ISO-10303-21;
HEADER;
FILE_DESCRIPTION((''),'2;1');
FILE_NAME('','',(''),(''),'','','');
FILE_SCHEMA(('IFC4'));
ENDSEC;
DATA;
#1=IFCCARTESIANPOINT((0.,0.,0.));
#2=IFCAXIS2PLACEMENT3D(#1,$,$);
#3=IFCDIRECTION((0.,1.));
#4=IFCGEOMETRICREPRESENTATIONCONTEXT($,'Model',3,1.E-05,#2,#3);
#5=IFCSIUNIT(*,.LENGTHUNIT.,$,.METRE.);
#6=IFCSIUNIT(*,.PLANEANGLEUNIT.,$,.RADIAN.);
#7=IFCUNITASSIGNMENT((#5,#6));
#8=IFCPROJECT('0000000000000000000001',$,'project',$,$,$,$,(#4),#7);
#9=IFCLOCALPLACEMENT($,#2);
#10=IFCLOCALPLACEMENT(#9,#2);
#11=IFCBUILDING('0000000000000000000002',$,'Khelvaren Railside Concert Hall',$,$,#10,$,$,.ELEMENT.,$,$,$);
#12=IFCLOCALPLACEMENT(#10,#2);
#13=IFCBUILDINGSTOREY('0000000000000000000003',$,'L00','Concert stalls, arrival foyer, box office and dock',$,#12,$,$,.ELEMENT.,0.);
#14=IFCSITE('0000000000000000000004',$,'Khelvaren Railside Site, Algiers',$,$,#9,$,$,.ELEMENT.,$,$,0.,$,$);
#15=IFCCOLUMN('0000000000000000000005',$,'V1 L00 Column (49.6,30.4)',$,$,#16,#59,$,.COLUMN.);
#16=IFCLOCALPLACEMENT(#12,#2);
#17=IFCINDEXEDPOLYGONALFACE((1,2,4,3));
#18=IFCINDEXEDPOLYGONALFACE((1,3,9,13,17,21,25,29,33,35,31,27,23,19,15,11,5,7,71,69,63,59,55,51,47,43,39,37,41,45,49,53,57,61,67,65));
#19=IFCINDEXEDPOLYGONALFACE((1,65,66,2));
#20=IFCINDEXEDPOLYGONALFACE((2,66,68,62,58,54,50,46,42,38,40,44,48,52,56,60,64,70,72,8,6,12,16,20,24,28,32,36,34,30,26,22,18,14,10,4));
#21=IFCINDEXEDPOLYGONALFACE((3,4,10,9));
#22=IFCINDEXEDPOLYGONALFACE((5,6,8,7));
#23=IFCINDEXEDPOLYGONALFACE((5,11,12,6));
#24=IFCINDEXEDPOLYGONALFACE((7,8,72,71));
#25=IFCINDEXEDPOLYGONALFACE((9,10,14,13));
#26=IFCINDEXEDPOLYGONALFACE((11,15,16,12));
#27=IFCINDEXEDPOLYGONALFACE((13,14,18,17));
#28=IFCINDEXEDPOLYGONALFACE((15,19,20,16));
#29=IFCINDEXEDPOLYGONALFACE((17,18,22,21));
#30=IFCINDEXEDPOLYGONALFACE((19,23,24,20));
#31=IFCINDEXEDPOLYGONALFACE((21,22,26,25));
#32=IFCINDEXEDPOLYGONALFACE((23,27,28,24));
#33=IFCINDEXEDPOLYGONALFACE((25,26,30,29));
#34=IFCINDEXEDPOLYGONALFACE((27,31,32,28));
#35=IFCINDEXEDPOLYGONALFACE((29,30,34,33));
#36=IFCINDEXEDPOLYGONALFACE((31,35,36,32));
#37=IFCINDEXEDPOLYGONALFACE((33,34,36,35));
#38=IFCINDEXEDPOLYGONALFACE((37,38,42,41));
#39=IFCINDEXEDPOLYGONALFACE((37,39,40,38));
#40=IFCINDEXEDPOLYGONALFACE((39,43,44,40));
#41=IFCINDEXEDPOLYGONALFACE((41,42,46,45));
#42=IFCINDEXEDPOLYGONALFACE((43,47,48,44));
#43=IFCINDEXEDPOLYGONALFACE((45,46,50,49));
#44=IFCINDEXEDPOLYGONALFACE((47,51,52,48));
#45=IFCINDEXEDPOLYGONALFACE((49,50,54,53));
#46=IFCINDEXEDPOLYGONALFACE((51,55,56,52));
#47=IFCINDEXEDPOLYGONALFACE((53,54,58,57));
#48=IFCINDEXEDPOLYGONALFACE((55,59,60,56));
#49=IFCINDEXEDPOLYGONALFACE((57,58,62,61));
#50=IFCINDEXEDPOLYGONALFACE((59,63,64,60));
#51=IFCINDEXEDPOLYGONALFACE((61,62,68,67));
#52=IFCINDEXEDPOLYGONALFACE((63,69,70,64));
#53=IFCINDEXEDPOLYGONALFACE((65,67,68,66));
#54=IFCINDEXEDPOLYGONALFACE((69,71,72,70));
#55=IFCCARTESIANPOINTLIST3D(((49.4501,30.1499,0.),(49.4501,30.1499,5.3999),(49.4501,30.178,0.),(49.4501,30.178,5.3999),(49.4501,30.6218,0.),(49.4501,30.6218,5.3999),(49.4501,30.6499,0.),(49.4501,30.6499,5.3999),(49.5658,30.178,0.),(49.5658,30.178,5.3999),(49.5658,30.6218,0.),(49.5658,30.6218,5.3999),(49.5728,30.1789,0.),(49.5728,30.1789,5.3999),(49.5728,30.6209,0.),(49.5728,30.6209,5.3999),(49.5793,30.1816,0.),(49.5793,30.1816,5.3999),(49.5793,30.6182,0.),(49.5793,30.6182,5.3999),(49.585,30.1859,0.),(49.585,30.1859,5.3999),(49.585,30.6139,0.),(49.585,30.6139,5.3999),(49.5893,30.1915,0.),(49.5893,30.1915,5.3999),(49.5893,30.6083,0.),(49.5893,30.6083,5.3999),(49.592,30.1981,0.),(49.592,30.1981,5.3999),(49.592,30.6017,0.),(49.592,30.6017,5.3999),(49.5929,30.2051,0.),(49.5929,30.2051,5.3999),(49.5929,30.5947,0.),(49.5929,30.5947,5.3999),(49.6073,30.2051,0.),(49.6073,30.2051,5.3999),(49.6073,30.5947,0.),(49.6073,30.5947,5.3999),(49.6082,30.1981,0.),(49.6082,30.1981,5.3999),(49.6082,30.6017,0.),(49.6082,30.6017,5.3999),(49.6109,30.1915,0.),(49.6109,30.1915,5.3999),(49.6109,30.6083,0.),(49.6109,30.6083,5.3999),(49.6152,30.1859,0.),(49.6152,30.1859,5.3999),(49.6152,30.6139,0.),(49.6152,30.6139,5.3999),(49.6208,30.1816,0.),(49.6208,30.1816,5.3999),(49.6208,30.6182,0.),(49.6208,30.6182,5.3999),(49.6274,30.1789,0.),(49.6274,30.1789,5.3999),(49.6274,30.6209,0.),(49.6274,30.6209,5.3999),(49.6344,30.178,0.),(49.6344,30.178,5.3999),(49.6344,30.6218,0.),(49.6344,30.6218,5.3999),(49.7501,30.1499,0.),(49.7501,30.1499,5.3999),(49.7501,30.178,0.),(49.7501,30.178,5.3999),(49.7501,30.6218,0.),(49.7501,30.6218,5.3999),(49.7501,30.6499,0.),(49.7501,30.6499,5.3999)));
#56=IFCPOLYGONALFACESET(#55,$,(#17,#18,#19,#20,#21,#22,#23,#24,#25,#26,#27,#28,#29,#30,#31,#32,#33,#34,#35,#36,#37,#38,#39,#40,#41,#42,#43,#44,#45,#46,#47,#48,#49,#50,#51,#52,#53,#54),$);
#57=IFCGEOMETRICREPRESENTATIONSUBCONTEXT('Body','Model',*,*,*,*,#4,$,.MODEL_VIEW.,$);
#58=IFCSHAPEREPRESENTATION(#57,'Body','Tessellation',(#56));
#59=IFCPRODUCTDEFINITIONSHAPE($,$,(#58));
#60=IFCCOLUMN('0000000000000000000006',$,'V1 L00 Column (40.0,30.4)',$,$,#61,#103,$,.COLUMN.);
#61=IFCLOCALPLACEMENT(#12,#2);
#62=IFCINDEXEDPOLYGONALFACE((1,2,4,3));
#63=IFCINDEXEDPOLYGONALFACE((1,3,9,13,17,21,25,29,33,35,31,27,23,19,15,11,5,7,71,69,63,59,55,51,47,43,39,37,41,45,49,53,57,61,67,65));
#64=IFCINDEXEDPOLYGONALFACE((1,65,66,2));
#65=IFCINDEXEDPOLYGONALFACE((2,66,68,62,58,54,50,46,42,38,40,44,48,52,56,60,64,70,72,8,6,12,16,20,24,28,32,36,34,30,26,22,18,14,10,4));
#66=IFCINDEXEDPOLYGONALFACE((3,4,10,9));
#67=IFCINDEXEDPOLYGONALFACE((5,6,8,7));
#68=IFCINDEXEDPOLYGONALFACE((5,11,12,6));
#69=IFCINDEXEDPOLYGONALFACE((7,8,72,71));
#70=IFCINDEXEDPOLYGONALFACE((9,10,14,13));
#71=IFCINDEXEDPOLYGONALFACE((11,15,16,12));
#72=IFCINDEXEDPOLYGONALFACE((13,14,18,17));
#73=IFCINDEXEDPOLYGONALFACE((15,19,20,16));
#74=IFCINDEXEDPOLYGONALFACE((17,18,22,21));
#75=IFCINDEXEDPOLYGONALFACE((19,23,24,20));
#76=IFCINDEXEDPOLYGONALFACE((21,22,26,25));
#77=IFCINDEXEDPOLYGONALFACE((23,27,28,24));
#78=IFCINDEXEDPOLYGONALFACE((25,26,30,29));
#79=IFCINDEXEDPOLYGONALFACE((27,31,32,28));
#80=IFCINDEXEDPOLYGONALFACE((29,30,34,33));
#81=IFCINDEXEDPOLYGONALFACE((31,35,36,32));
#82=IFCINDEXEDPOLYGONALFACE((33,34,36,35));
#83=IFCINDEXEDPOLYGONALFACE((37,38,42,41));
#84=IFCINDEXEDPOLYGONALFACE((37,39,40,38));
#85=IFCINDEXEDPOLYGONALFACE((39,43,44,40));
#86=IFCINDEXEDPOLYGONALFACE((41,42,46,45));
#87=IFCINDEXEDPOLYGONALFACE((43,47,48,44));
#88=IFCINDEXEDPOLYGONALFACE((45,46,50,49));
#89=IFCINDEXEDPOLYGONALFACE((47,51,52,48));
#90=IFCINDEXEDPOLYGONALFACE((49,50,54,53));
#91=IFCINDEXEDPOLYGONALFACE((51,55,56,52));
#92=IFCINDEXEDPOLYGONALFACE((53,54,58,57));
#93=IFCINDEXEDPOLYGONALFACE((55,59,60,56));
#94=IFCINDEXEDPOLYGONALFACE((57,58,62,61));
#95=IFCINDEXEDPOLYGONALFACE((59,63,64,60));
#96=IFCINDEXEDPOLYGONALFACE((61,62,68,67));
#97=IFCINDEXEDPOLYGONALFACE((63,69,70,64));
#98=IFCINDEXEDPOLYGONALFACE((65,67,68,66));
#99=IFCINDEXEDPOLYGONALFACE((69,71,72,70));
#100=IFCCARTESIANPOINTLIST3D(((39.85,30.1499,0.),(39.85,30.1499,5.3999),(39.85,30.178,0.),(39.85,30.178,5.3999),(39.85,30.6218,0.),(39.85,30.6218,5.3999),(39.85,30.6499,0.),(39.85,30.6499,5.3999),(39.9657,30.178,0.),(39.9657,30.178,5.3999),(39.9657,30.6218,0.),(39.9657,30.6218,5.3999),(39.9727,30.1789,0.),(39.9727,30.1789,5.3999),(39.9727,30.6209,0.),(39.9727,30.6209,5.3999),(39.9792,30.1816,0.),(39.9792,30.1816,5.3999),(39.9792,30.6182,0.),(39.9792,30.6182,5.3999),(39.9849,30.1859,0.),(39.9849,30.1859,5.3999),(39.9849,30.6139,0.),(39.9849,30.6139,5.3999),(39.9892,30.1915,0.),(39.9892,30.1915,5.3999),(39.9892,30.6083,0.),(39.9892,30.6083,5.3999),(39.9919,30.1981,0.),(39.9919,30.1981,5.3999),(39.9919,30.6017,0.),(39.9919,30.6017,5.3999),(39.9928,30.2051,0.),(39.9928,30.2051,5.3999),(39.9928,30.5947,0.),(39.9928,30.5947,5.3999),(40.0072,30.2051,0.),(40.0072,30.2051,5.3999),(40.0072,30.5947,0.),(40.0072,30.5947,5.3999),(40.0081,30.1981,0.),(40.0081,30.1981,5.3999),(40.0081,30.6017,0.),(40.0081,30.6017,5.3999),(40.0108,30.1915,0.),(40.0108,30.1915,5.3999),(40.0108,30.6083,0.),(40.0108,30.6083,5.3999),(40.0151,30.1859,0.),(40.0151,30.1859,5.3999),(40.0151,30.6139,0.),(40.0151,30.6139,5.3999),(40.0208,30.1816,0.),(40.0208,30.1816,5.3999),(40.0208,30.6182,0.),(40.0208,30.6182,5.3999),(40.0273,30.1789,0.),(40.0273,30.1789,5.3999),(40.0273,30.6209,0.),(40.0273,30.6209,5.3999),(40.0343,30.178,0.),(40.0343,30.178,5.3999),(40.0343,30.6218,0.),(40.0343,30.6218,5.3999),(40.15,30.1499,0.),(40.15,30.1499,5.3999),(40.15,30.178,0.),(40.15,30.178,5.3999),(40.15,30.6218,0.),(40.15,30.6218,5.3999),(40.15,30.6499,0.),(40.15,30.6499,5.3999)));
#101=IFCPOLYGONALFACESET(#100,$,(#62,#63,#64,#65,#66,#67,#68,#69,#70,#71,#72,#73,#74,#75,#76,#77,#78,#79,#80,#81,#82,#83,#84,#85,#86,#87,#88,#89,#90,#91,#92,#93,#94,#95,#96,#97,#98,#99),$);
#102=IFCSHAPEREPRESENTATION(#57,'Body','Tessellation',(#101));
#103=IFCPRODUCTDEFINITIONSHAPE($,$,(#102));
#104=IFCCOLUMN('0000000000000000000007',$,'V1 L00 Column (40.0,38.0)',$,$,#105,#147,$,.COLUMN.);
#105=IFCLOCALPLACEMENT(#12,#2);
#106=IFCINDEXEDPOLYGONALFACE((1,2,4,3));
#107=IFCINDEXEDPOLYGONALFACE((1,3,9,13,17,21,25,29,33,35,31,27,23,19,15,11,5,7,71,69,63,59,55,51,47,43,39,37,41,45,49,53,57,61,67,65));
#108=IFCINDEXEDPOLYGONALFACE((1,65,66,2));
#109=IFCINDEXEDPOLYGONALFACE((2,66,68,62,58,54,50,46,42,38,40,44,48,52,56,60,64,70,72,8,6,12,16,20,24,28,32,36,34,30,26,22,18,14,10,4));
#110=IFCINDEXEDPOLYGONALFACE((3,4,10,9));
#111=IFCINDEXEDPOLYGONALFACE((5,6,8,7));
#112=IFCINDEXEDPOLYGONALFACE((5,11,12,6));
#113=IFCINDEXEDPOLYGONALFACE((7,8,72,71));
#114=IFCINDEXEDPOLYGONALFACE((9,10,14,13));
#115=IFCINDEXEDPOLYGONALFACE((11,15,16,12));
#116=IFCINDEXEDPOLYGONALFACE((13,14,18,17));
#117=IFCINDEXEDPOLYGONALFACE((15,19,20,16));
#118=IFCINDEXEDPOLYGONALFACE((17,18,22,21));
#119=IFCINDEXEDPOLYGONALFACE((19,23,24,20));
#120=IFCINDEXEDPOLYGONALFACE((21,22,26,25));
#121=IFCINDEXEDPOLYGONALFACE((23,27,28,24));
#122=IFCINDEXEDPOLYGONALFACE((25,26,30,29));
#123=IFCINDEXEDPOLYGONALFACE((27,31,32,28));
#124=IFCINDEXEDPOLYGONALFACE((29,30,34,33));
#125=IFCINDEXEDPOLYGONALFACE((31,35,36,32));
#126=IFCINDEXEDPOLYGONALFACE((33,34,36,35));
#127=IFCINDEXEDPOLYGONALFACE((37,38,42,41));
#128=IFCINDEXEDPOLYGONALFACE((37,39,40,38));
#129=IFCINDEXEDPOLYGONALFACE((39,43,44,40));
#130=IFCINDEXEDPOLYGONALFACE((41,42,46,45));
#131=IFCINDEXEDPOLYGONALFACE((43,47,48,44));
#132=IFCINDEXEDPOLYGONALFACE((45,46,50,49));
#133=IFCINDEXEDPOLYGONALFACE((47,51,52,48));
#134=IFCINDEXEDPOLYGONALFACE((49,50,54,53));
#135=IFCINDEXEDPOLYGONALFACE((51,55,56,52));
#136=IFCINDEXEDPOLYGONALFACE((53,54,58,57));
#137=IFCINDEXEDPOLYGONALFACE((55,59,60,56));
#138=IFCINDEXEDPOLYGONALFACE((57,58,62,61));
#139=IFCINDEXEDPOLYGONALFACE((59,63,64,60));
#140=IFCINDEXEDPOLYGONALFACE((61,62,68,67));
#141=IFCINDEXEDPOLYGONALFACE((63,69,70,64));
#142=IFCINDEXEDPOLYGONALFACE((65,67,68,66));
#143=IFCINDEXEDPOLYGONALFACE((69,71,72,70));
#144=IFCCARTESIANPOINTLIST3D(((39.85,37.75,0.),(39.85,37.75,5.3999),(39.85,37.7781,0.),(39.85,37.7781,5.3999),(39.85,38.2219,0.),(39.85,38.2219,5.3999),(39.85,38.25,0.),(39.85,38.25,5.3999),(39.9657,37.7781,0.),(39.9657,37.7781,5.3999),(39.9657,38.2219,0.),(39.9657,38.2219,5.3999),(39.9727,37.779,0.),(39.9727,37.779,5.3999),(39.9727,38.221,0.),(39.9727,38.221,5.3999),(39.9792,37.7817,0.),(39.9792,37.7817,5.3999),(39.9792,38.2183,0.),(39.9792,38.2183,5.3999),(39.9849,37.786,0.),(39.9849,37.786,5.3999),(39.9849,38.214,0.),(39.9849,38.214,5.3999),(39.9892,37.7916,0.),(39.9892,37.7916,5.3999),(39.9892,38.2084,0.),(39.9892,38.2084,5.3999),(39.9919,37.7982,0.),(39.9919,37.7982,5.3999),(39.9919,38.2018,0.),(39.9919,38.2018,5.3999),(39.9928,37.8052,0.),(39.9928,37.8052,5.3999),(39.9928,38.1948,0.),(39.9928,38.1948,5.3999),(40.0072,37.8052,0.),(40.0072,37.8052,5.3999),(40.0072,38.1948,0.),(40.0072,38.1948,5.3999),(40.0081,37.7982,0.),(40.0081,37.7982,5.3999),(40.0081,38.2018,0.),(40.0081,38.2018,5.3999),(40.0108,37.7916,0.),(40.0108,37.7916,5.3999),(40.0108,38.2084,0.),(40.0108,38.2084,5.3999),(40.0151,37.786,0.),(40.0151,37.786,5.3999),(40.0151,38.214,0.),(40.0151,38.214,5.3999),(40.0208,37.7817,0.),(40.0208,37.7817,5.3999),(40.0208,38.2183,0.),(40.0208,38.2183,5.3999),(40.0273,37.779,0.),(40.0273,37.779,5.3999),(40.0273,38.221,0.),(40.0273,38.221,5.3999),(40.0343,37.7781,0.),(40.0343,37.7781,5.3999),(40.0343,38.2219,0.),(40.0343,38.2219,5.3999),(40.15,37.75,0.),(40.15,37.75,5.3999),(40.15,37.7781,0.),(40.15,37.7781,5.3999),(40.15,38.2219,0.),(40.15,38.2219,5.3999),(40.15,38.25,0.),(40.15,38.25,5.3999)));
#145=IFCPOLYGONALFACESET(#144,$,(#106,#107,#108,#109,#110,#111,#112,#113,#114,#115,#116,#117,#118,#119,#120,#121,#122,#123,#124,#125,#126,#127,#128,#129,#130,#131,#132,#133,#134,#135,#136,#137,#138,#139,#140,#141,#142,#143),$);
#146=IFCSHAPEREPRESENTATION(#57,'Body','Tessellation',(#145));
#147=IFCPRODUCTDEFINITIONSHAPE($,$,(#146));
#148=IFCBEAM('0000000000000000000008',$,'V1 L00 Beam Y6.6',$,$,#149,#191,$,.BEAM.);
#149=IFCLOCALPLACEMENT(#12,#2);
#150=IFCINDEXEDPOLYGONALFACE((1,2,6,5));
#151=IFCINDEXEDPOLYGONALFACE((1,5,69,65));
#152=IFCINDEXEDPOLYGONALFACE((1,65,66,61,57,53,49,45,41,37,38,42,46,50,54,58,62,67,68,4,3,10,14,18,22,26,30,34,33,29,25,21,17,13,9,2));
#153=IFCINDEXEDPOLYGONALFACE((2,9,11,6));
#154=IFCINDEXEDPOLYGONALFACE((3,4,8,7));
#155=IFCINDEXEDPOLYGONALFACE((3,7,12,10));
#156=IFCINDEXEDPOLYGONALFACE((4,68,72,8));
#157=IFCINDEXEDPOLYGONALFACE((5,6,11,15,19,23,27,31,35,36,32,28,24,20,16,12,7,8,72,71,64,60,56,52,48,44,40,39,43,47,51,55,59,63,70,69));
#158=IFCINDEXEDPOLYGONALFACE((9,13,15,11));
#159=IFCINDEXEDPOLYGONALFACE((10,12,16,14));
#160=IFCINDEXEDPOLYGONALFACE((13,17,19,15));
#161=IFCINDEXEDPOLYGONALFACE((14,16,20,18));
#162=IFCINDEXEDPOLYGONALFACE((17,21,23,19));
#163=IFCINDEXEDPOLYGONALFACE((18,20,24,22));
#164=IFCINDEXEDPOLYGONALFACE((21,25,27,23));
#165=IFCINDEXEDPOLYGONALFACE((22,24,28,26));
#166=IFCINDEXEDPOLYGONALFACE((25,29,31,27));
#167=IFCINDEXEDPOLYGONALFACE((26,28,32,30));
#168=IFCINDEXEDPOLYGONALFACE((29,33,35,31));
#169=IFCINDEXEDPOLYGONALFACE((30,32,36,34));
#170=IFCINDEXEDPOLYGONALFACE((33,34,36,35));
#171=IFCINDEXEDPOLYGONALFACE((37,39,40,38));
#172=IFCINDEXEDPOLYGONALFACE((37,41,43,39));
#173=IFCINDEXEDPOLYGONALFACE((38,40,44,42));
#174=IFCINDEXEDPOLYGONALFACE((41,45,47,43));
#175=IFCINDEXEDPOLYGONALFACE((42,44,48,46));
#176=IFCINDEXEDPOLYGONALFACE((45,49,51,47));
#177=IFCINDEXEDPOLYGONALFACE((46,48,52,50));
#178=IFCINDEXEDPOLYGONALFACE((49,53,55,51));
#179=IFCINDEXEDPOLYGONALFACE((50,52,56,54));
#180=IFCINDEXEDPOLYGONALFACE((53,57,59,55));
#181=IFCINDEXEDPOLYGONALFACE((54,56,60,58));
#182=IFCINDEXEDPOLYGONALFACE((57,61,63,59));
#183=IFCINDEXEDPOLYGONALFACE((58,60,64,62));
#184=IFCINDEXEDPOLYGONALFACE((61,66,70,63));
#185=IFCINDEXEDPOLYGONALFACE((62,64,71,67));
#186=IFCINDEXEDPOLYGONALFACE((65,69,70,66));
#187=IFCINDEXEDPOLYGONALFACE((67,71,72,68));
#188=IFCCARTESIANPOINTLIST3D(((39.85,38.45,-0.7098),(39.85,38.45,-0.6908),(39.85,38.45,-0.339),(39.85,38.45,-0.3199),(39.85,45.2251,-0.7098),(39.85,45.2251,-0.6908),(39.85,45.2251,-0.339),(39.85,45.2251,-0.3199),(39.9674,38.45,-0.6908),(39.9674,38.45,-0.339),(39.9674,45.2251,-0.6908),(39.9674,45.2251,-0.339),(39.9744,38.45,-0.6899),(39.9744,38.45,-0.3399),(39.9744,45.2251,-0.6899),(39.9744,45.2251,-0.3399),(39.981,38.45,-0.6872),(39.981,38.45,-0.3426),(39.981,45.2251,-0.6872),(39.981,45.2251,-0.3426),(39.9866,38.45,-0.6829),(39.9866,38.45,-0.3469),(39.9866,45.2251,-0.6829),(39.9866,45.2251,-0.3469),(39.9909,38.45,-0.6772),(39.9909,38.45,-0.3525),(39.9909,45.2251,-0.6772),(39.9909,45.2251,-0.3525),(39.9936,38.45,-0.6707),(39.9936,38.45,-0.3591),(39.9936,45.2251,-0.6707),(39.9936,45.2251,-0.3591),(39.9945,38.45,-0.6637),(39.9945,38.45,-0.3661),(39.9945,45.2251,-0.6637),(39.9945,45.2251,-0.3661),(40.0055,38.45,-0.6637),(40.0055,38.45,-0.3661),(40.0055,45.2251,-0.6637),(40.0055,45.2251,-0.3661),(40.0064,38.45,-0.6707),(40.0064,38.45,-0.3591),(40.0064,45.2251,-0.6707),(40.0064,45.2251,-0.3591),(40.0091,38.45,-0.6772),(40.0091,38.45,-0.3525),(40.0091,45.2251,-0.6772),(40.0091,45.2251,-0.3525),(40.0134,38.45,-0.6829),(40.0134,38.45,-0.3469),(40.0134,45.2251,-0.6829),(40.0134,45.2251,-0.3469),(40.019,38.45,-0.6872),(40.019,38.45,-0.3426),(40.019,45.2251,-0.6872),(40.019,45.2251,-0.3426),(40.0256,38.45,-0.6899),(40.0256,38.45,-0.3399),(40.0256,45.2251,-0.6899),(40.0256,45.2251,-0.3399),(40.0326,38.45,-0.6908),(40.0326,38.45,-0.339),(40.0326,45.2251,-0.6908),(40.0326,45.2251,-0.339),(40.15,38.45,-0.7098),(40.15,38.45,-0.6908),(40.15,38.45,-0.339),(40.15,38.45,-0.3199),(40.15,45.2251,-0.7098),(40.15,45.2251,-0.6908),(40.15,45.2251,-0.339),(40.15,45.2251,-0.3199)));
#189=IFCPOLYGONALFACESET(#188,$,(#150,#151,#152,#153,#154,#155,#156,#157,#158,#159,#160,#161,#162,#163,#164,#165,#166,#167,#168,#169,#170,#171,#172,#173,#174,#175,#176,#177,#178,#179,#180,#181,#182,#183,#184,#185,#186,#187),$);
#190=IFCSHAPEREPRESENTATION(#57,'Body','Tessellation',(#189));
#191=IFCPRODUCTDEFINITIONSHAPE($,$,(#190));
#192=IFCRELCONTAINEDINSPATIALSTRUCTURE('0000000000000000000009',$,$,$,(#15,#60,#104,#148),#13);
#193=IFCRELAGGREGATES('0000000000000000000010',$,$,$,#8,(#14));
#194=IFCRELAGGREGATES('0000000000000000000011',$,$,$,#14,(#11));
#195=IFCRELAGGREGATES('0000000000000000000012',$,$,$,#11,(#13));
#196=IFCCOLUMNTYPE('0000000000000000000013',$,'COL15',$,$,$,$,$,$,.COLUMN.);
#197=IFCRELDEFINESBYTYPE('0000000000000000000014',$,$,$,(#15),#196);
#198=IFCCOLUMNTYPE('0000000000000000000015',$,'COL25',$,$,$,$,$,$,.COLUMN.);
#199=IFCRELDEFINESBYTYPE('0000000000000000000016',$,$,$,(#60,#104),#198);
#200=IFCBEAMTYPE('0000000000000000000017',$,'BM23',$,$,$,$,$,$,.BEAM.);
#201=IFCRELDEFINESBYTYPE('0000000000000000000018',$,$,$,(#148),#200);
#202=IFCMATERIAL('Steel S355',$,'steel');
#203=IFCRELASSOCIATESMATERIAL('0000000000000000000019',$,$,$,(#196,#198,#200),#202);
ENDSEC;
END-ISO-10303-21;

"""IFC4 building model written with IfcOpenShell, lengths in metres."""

from ifc_helpers import new_model, si_unit, direction, frame, origin, origin_2d, place, context, subcontext, project, spatial, i_section, extrude, material, material_profile, profile_set, type_object, element, save


model = new_model("IFC4")

# Units and contexts
model_context = context("Model", 3, precision=1e-05, world=origin(), true_north=direction((0.0, 1.0)))
body_context = subcontext(model_context, "Body", "Model", "MODEL_VIEW")
ifc_project = project(units=[si_unit("LENGTHUNIT", "METRE"), si_unit("PLANEANGLEUNIT", "RADIAN")], contexts=[model_context])

# Site, building, storey
site_placement = place(None, origin())
site = spatial("IfcSite", under=ifc_project, at=site_placement, Name="Khelvaren Railside Site, Algiers", CompositionType="ELEMENT", RefElevation=0.0)
building_placement = place(site_placement, origin())
building = spatial("IfcBuilding", under=site, at=building_placement, Name="Khelvaren Railside Concert Hall", CompositionType="ELEMENT")
storey_placement = place(building_placement, origin())
storey = spatial("IfcBuildingStorey", under=building, at=storey_placement, Name="L00", Description="Concert stalls, arrival foyer, box office and dock", CompositionType="ELEMENT", Elevation=0.0)

# Columns
ifc_material_1 = material(Name="Steel S355", Category="steel")
ifc_material_profile_1 = material_profile(ifc_material_1, i_section(OverallWidth=0.3, OverallDepth=0.5, WebThickness=0.0144, FlangeThickness=0.0281, FilletRadius=0.0271, at=origin_2d()), Name="HEB 500")
ifc_profile_set_1 = profile_set([ifc_material_profile_1], Name="Steel S355")
column_type_1 = type_object("IfcColumnType", Name="COL15", PredefinedType="COLUMN", material=ifc_profile_set_1)
column_placement = place(storey_placement, frame((49.6001, 30.3999, 0.0), z_axis=(0.0, 0.0, 1.0), x_axis=(1.0, 0.0, 0.0)))
element("IfcColumn", 1, at=column_placement, inside=storey, type_object=column_type_1, Name="V1 L00 Column (49.6,30.4)", PredefinedType="COLUMN", context=body_context, shape_type="SweptSolid", body=[
    extrude(i_section(OverallWidth=0.3, OverallDepth=0.5, WebThickness=0.0144, FlangeThickness=0.0281, FilletRadius=0.0271, at=origin_2d()), origin(), (0.0, 0.0, 1.0), 5.3999),
])
ifc_material_profile_2 = material_profile(ifc_material_1, i_section(OverallWidth=0.3, OverallDepth=0.5, WebThickness=0.0144, FlangeThickness=0.0281, FilletRadius=0.0271, at=origin_2d()), Name="HEB 500")
ifc_profile_set_2 = profile_set([ifc_material_profile_2], Name="Steel S355")
column_type_2 = type_object("IfcColumnType", Name="COL25", PredefinedType="COLUMN", material=ifc_profile_set_2)
for number, where, z_axis, x_axis, name in (
    (2, (40.0, 30.3999, 0.0), (0.0, 0.0, 1.0), (1.0, 0.0, 0.0), "V1 L00 Column (40.0,30.4)"),
    (3, (40.0, 38.0, 0.0), (0.0, 0.0, 1.0), (1.0, 0.0, 0.0), "V1 L00 Column (40.0,38.0)"),
):
    element("IfcColumn", number, at=place(storey_placement, frame(where, z_axis=z_axis, x_axis=x_axis)), inside=storey, type_object=column_type_2, Name=name, PredefinedType="COLUMN", context=body_context, shape_type="SweptSolid", body=[
        extrude(i_section(OverallWidth=0.3, OverallDepth=0.5, WebThickness=0.0144, FlangeThickness=0.0281, FilletRadius=0.0271, at=origin_2d()), origin(), (0.0, 0.0, 1.0), 5.3999),
    ])

# Beam
ifc_material_profile_3 = material_profile(ifc_material_1, i_section(OverallWidth=0.3, OverallDepth=0.3899, WebThickness=0.011, FlangeThickness=0.019, FilletRadius=0.0271, at=origin_2d()), Name="HEA 400")
ifc_profile_set_3 = profile_set([ifc_material_profile_3], Name="Steel S355")
beam_type_1 = type_object("IfcBeamType", Name="BM23", PredefinedType="BEAM", material=ifc_profile_set_3)
beam_1_placement = place(storey_placement, frame((40.0, 38.45, -0.5149), z_axis=(0.0, 1.0, 0.0), x_axis=(-1.0, 0.0, 0.0)))
element("IfcBeam", 4, at=beam_1_placement, inside=storey, type_object=beam_type_1, Name="V1 L00 Beam Y6.6", PredefinedType="BEAM", context=body_context, shape_type="SweptSolid", body=[
    extrude(i_section(OverallWidth=0.3, OverallDepth=0.3899, WebThickness=0.011, FlangeThickness=0.019, FilletRadius=0.0271, at=origin_2d()), origin(), (0.0, 0.0, 1.0), 6.7751),
])

save(model, "model.ifc")
